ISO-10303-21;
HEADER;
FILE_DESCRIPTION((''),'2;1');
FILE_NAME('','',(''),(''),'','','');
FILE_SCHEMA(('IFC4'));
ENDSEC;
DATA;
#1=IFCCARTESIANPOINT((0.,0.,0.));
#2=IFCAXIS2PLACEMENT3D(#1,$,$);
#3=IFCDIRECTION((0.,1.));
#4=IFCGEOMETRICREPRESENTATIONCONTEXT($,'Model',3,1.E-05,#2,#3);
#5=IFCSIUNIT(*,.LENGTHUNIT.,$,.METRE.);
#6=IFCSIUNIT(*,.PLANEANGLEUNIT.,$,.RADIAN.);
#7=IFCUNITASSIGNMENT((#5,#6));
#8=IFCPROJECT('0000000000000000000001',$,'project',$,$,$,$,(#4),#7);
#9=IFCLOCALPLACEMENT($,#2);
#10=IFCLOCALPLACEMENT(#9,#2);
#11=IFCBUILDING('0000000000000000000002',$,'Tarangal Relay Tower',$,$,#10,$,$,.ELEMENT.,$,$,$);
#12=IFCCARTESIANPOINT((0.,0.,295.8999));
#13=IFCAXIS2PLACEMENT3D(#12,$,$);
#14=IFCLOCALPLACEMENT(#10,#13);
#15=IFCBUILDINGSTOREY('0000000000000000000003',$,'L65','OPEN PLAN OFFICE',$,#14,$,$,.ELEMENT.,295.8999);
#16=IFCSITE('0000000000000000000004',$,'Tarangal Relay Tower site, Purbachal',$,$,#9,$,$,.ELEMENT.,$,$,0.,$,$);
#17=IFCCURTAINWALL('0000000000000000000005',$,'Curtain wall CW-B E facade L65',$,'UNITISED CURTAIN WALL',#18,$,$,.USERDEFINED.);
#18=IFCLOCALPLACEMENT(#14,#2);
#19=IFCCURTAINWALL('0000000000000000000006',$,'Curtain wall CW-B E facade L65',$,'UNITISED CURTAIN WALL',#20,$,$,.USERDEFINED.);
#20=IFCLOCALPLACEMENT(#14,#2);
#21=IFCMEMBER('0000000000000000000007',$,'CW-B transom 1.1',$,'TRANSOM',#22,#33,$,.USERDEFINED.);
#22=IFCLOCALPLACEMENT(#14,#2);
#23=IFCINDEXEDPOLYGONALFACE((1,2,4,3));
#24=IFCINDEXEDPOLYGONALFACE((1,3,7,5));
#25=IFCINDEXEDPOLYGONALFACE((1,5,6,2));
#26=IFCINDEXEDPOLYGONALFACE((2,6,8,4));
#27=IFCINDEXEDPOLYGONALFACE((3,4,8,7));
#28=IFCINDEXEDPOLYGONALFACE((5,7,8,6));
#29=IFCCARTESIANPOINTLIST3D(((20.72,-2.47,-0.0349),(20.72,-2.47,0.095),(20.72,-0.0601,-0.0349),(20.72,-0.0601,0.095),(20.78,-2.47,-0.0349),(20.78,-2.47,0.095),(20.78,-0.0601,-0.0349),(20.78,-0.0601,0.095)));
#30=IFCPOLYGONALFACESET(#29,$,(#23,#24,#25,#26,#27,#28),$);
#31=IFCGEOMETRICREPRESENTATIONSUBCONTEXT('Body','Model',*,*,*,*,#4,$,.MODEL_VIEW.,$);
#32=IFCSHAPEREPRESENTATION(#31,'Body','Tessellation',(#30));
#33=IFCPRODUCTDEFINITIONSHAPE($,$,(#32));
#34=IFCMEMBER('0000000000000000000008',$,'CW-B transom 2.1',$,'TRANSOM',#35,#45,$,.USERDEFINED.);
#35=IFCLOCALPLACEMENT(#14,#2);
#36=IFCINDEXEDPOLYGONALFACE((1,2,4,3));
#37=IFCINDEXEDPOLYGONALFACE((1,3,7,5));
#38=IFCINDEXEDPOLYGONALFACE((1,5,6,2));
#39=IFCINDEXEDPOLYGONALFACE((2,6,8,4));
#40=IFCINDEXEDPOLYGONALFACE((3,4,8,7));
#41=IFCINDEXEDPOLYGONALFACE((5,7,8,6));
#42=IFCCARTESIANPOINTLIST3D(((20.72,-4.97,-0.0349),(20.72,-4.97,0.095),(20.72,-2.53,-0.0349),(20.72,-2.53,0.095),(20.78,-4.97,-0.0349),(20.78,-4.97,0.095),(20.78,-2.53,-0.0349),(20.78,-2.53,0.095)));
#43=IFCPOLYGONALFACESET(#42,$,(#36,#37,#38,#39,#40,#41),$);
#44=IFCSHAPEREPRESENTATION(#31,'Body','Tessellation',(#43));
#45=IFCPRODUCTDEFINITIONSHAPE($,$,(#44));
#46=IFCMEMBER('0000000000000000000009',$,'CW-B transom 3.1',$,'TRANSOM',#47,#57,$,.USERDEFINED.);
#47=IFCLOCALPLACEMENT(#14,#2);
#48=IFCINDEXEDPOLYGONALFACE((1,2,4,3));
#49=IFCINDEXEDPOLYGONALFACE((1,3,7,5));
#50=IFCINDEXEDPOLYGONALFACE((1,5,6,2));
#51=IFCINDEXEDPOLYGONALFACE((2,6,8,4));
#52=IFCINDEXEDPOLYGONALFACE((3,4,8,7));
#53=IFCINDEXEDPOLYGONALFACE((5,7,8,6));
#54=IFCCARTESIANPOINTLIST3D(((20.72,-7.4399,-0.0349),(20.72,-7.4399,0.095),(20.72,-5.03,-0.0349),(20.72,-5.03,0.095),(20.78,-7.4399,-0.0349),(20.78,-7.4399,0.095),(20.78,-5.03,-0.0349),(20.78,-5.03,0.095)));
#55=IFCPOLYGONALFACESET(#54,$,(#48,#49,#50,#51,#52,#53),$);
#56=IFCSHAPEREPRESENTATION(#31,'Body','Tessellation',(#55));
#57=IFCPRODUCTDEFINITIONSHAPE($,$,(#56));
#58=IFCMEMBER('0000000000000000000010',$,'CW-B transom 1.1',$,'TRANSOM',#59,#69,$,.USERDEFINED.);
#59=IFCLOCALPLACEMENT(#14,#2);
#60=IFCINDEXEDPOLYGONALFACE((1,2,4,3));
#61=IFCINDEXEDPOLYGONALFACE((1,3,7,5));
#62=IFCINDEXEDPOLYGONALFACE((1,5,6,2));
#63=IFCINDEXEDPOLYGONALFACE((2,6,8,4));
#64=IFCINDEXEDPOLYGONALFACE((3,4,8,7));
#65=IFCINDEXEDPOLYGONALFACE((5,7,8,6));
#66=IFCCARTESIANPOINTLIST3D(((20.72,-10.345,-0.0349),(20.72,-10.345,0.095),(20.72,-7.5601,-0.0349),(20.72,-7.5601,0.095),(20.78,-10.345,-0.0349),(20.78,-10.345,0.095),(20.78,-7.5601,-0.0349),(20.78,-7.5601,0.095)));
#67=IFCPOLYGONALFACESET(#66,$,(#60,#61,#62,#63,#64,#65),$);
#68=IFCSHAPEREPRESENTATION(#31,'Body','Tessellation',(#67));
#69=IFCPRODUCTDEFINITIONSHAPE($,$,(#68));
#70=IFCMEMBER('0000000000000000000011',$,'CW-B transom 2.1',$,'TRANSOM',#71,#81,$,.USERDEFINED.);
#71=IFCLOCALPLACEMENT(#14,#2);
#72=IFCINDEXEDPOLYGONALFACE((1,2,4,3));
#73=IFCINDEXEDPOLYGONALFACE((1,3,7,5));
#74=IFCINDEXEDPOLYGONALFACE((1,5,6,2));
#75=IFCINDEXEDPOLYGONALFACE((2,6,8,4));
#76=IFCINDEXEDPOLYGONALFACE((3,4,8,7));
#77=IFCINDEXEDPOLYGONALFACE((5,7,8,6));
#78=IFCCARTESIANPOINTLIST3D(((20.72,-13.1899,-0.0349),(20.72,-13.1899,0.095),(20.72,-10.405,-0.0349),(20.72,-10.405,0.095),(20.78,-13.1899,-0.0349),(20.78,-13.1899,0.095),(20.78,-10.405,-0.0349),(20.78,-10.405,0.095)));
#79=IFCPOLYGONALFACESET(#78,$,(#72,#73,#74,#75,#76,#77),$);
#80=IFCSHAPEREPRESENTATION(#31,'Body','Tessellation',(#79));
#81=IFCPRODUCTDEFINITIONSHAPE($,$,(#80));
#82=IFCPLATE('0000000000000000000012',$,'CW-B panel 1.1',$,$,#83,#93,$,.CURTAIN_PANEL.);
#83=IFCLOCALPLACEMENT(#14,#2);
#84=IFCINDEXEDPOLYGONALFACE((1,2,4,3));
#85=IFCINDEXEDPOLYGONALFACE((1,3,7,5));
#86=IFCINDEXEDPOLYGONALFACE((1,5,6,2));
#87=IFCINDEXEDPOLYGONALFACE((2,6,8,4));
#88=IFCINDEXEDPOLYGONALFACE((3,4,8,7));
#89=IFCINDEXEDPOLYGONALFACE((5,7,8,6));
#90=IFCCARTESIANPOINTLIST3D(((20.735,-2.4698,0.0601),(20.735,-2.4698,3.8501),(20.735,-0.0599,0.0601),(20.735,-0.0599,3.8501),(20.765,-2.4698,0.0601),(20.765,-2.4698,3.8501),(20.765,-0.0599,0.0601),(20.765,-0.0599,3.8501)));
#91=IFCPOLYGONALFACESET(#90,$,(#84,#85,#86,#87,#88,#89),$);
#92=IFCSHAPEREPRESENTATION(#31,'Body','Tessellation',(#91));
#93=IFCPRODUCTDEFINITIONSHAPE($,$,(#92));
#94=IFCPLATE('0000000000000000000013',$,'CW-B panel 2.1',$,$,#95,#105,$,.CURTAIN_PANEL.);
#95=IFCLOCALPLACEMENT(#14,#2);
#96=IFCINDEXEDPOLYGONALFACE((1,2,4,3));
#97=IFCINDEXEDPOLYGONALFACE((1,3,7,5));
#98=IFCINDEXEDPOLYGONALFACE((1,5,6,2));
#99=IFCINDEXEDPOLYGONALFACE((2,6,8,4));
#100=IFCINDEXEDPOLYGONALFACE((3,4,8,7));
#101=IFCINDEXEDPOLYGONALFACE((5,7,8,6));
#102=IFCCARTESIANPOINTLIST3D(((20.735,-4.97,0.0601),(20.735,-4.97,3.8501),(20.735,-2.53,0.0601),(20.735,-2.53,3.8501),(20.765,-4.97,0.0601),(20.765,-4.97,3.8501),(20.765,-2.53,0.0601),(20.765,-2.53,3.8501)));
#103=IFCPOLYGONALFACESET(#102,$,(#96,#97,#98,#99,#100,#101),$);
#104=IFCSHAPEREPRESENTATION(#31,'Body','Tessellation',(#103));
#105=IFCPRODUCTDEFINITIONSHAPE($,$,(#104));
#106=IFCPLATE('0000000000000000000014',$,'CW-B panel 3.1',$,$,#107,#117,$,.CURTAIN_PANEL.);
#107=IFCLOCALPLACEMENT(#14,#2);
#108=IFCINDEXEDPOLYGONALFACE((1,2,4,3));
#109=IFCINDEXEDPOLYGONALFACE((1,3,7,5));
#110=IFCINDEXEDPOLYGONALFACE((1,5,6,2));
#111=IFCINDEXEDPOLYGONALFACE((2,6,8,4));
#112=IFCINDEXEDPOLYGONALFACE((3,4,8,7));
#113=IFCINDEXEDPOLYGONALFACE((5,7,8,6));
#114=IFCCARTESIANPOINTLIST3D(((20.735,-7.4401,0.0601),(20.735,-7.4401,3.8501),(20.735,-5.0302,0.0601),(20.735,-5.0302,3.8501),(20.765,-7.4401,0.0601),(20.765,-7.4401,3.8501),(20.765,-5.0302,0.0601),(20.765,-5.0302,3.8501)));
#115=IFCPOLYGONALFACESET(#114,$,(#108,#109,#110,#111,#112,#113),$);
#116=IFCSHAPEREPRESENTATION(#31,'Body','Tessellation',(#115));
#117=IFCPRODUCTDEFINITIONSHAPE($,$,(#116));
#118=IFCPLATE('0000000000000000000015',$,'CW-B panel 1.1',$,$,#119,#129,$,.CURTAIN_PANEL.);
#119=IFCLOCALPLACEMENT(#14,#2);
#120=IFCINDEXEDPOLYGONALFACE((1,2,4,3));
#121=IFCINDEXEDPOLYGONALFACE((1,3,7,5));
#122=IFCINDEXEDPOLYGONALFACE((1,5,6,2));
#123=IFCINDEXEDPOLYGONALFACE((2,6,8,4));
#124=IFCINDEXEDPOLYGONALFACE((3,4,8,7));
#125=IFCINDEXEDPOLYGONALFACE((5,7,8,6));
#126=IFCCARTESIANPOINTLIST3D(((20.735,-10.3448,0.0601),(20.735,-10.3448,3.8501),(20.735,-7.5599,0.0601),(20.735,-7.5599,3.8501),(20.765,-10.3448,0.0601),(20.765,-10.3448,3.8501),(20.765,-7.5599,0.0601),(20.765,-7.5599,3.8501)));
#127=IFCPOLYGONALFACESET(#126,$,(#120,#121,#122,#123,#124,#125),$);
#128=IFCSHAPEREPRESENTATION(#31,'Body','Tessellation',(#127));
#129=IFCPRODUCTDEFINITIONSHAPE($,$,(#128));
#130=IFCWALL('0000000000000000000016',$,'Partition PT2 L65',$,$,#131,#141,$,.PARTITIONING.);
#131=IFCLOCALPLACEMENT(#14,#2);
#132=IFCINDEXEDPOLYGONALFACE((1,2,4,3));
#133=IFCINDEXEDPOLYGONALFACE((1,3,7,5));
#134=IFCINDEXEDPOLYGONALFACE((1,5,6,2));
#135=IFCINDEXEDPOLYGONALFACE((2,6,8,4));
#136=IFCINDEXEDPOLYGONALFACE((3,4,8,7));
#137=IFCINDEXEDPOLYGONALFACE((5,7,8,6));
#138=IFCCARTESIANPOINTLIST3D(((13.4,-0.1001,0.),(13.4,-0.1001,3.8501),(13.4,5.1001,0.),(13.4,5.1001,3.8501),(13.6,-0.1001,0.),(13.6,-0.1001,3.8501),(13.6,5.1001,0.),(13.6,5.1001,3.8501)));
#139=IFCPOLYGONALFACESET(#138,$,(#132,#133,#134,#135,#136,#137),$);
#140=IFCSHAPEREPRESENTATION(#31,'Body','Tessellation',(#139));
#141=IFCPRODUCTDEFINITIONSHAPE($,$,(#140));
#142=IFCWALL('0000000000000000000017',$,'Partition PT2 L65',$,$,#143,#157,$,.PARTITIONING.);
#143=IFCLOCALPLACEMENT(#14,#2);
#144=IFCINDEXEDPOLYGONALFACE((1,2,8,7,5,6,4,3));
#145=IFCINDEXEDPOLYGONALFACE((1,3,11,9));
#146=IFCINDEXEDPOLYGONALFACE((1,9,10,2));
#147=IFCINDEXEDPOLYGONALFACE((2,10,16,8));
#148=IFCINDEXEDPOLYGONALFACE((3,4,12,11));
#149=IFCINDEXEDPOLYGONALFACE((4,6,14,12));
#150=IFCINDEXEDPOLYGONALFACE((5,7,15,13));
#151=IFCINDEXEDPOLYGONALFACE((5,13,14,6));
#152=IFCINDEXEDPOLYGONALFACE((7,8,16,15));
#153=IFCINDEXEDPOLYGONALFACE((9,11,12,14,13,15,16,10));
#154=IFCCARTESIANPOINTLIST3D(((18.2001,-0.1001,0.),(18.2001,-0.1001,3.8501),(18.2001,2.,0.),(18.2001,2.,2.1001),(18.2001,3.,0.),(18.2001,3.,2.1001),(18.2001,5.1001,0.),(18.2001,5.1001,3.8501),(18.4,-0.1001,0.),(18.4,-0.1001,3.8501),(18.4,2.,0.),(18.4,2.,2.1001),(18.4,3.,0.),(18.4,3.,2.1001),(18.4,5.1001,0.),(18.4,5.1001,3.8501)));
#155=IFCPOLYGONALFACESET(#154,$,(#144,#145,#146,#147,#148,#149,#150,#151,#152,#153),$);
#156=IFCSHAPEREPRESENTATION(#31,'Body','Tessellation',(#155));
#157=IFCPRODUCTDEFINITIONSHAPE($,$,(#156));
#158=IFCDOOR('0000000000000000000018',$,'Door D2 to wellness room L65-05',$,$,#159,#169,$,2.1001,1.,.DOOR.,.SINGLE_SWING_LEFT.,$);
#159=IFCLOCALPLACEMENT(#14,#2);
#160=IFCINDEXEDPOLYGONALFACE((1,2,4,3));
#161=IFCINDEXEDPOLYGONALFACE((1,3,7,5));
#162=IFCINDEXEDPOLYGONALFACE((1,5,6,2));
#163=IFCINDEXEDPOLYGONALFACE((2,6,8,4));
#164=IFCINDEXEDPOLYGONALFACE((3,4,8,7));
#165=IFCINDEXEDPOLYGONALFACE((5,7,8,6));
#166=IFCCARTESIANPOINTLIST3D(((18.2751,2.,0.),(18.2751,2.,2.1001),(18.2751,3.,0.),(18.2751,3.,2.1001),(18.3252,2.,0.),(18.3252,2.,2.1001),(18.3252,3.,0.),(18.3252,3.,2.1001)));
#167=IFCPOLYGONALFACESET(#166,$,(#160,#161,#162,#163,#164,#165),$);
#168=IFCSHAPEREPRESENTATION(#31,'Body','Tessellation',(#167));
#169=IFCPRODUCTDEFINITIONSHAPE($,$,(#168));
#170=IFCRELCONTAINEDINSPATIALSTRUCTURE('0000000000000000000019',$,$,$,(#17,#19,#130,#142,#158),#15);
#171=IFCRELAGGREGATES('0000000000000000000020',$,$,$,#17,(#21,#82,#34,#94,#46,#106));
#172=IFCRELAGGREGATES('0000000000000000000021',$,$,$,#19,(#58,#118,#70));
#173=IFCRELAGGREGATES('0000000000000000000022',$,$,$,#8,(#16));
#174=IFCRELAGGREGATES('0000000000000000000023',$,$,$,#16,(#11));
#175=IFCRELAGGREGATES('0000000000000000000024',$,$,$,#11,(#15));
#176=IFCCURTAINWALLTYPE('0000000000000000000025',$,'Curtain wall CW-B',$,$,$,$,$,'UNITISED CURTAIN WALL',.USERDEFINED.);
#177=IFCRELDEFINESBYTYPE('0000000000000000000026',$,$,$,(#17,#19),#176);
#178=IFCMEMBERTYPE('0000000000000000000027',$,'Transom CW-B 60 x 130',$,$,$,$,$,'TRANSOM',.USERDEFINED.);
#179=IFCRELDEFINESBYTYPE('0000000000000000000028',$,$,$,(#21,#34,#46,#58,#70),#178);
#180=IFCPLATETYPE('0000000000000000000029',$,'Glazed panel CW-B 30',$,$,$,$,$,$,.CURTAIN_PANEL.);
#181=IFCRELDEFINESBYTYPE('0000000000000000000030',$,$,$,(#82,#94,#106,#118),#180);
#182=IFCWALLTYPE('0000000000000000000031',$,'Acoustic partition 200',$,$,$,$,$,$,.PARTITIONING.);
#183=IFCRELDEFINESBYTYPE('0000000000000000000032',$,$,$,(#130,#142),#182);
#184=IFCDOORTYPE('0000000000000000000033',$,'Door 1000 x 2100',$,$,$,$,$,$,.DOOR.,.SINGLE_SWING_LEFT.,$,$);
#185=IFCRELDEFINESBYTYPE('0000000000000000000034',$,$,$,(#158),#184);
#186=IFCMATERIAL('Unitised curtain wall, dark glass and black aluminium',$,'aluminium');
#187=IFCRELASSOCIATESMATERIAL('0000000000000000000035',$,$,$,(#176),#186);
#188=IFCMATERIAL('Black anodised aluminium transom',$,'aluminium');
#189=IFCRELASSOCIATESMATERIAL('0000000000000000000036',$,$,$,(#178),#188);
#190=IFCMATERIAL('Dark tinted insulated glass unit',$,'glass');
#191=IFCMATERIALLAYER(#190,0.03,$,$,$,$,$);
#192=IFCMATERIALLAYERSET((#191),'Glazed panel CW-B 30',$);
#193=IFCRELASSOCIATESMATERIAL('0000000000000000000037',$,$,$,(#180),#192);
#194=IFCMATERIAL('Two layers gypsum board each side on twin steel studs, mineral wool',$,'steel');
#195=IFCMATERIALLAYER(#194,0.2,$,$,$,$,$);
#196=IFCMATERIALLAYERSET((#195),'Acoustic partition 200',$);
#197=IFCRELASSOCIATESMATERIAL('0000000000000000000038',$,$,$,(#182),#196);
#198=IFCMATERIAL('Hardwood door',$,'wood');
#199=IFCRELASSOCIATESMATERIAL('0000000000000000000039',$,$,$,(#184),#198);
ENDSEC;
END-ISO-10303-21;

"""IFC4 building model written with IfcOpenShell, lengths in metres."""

from ifc_helpers import new_model, si_unit, direction, frame, frame_2d, origin, origin_2d, place, context, subcontext, project, spatial, rectangle, extrude, material, layer, layer_set, material_profile, profile_set, type_object, element, fill, aggregate, save


model = new_model("IFC4")

# Units and contexts
model_context = context("Model", 3, precision=1e-05, world=origin(), true_north=direction((0.0, 1.0)))
body_context = subcontext(model_context, "Body", "Model", "MODEL_VIEW")
ifc_project = project(units=[si_unit("LENGTHUNIT", "METRE"), si_unit("PLANEANGLEUNIT", "RADIAN")], contexts=[model_context])

# Site, building, storey
site_placement = place(None, origin())
site = spatial("IfcSite", under=ifc_project, at=site_placement, Name="Tarangal Relay Tower site, Purbachal", CompositionType="ELEMENT", RefElevation=0.0)
building_placement = place(site_placement, origin())
building = spatial("IfcBuilding", under=site, at=building_placement, Name="Tarangal Relay Tower", CompositionType="ELEMENT")
storey_placement = place(building_placement, frame((0.0, 0.0, 295.8999)))
storey = spatial("IfcBuildingStorey", under=building, at=storey_placement, Name="L65", Description="OPEN PLAN OFFICE", CompositionType="ELEMENT", Elevation=295.8999)

# Curtain walls
ifc_material_1 = material(Name="Unitised curtain wall, dark glass and black aluminium", Category="aluminium")
curtain_wall_type = type_object("IfcCurtainWallType", Name="Curtain wall CW-B", ElementType="UNITISED CURTAIN WALL", PredefinedType="USERDEFINED", material=ifc_material_1)
curtain_wall_1_placement = place(storey_placement, origin())
curtain_wall_1 = element("IfcCurtainWall", 1, at=curtain_wall_1_placement, inside=storey, type_object=curtain_wall_type, Name="Curtain wall CW-B E facade L65", ObjectType="UNITISED CURTAIN WALL", PredefinedType="USERDEFINED")
curtain_wall_2_placement = place(storey_placement, origin())
curtain_wall_2 = element("IfcCurtainWall", 2, at=curtain_wall_2_placement, inside=storey, type_object=curtain_wall_type, Name="Curtain wall CW-B E facade L65", ObjectType="UNITISED CURTAIN WALL", PredefinedType="USERDEFINED")

# Members
ifc_material_2 = material(Name="Black anodised aluminium transom", Category="aluminium")
ifc_material_profile_1 = material_profile(ifc_material_2, rectangle(XDim=0.0601, YDim=0.1299, at=origin_2d()), Name="CW-BT 60X130")
ifc_profile_set_1 = profile_set([ifc_material_profile_1], Name="Black anodised aluminium transom")
member_type_1 = type_object("IfcMemberType", Name="Transom CW-B 60 x 130", ElementType="TRANSOM", PredefinedType="USERDEFINED", material=ifc_profile_set_1)
member_1_placement = place(storey_placement, frame((20.75, -0.0601, 0.03), z_axis=(0.0, -1.0, 0.0), x_axis=(1.0, 0.0, 0.0)))
member_1 = element("IfcMember", 3, at=member_1_placement, type_object=member_type_1, Name="CW-B transom 1.1", ObjectType="TRANSOM", PredefinedType="USERDEFINED", context=body_context, shape_type="SweptSolid", body=[
    extrude(rectangle(XDim=0.0601, YDim=0.1299, at=origin_2d()), origin(), (0.0, 0.0, 1.0), 2.4099),
])
member_2_placement = place(storey_placement, frame((20.75, -2.53, 0.03), z_axis=(0.0, -1.0, 0.0), x_axis=(1.0, 0.0, 0.0)))
member_2 = element("IfcMember", 4, at=member_2_placement, type_object=member_type_1, Name="CW-B transom 2.1", ObjectType="TRANSOM", PredefinedType="USERDEFINED", context=body_context, shape_type="SweptSolid", body=[
    extrude(rectangle(XDim=0.0601, YDim=0.1299, at=origin_2d()), origin(), (0.0, 0.0, 1.0), 2.4399),
])
member_3_placement = place(storey_placement, frame((20.75, -5.03, 0.03), z_axis=(0.0, -1.0, 0.0), x_axis=(1.0, 0.0, 0.0)))
member_3 = element("IfcMember", 5, at=member_3_placement, type_object=member_type_1, Name="CW-B transom 3.1", ObjectType="TRANSOM", PredefinedType="USERDEFINED", context=body_context, shape_type="SweptSolid", body=[
    extrude(rectangle(XDim=0.0601, YDim=0.1299, at=origin_2d()), origin(), (0.0, 0.0, 1.0), 2.4099),
])
member_4_placement = place(storey_placement, frame((20.75, -7.5601, 0.03), z_axis=(0.0, -1.0, 0.0), x_axis=(1.0, 0.0, 0.0)))
member_4 = element("IfcMember", 6, at=member_4_placement, type_object=member_type_1, Name="CW-B transom 1.1", ObjectType="TRANSOM", PredefinedType="USERDEFINED", context=body_context, shape_type="SweptSolid", body=[
    extrude(rectangle(XDim=0.0601, YDim=0.1299, at=origin_2d()), origin(), (0.0, 0.0, 1.0), 2.7849),
])
member_5_placement = place(storey_placement, frame((20.75, -10.405, 0.03), z_axis=(0.0, -1.0, 0.0), x_axis=(1.0, 0.0, 0.0)))
member_5 = element("IfcMember", 7, at=member_5_placement, type_object=member_type_1, Name="CW-B transom 2.1", ObjectType="TRANSOM", PredefinedType="USERDEFINED", context=body_context, shape_type="SweptSolid", body=[
    extrude(rectangle(XDim=0.0601, YDim=0.1299, at=origin_2d()), origin(), (0.0, 0.0, 1.0), 2.7849),
])

# Plates
ifc_material_3 = material(Name="Dark tinted insulated glass unit", Category="glass")
ifc_layer_1 = layer(ifc_material_3, 0.03)
ifc_layer_set_1 = layer_set([ifc_layer_1], Name="Glazed panel CW-B 30")
plate_type = type_object("IfcPlateType", Name="Glazed panel CW-B 30", PredefinedType="CURTAIN_PANEL", material=ifc_layer_set_1)
plate_1_placement = place(storey_placement, frame((20.75, -1.2649, 0.0601), z_axis=(0.0, 0.0, 1.0), x_axis=(0.0, -1.0, 0.0)))
plate_1 = element("IfcPlate", 8, at=plate_1_placement, type_object=plate_type, Name="CW-B panel 1.1", PredefinedType="CURTAIN_PANEL", context=body_context, shape_type="SweptSolid", body=[
    extrude(rectangle(XDim=2.4099, YDim=0.03, at=origin_2d()), origin(), (0.0, 0.0, 1.0), 3.79),
])
plate_2_placement = place(storey_placement, frame((20.75, -3.75, 0.0601), z_axis=(0.0, 0.0, 1.0), x_axis=(0.0, -1.0, 0.0)))
plate_2 = element("IfcPlate", 9, at=plate_2_placement, type_object=plate_type, Name="CW-B panel 2.1", PredefinedType="CURTAIN_PANEL", context=body_context, shape_type="SweptSolid", body=[
    extrude(rectangle(XDim=2.4399, YDim=0.03, at=origin_2d()), origin(), (0.0, 0.0, 1.0), 3.79),
])
plate_3_placement = place(storey_placement, frame((20.75, -6.2351, 0.0601), z_axis=(0.0, 0.0, 1.0), x_axis=(0.0, -1.0, 0.0)))
plate_3 = element("IfcPlate", 10, at=plate_3_placement, type_object=plate_type, Name="CW-B panel 3.1", PredefinedType="CURTAIN_PANEL", context=body_context, shape_type="SweptSolid", body=[
    extrude(rectangle(XDim=2.4099, YDim=0.03, at=origin_2d()), origin(), (0.0, 0.0, 1.0), 3.79),
])
aggregate(curtain_wall_1, [member_1, plate_1, member_2, plate_2, member_3, plate_3])
plate_4_placement = place(storey_placement, frame((20.75, -8.9524, 0.0601), z_axis=(0.0, 0.0, 1.0), x_axis=(0.0, -1.0, 0.0)))
plate_4 = element("IfcPlate", 11, at=plate_4_placement, type_object=plate_type, Name="CW-B panel 1.1", PredefinedType="CURTAIN_PANEL", context=body_context, shape_type="SweptSolid", body=[
    extrude(rectangle(XDim=2.7849, YDim=0.03, at=origin_2d()), origin(), (0.0, 0.0, 1.0), 3.79),
])
aggregate(curtain_wall_2, [member_4, plate_4, member_5])

# Wall
ifc_material_4 = material(Name="Two layers gypsum board each side on twin steel studs, mineral wool", Category="steel")
ifc_layer_2 = layer(ifc_material_4, 0.2)
ifc_layer_set_2 = layer_set([ifc_layer_2], Name="Acoustic partition 200")
wall_type_1 = type_object("IfcWallType", Name="Acoustic partition 200", PredefinedType="PARTITIONING", material=ifc_layer_set_2)
wall_1_placement = place(storey_placement, frame((13.5, -0.1001, 0.0), z_axis=(0.0, 0.0, 1.0), x_axis=(0.0, 1.0, 0.0)))
element("IfcWall", 12, at=wall_1_placement, inside=storey, type_object=wall_type_1, Name="Partition PT2 L65", PredefinedType="PARTITIONING", context=body_context, shape_type="SweptSolid", body=[
    extrude(rectangle(XDim=5.2002, YDim=0.2, at=frame_2d((2.6001, 0.0))), origin(), (0.0, 0.0, 1.0), 3.8501),
])

# Wall, opening, door
wall_2_placement = place(storey_placement, frame((18.3, -0.1001, 0.0), z_axis=(0.0, 0.0, 1.0), x_axis=(0.0, 1.0, 0.0)))
wall_2 = element("IfcWall", 13, at=wall_2_placement, inside=storey, type_object=wall_type_1, Name="Partition PT2 L65", PredefinedType="PARTITIONING", context=body_context, shape_type="SweptSolid", body=[
    extrude(rectangle(XDim=5.2002, YDim=0.2, at=frame_2d((2.6001, 0.0))), origin(), (0.0, 0.0, 1.0), 3.8501),
])
opening_1_placement = place(wall_2_placement, frame((2.1001, 0.0, 0.0)))
opening_1 = element("IfcOpeningElement", 14, at=opening_1_placement, cuts=wall_2, PredefinedType="OPENING", context=body_context, shape_type="SweptSolid", body=[
    extrude(rectangle(XDim=1.0, YDim=2.1001, at=frame_2d((0.5, 1.05))), frame((0.0, 0.1099, 0.0), z_axis=(0.0, -1.0, 0.0), x_axis=(1.0, 0.0, 0.0)), (0.0, 0.0, 1.0), 0.22),
])
ifc_material_5 = material(Name="Hardwood door", Category="wood")
door_type_1 = type_object("IfcDoorType", Name="Door 1000 x 2100", OperationType="SINGLE_SWING_LEFT", PredefinedType="DOOR", material=ifc_material_5)
door_1_placement = place(opening_1_placement, origin())
door_1 = element("IfcDoor", 15, at=door_1_placement, inside=storey, type_object=door_type_1, Name="Door D2 to wellness room L65-05", OperationType="SINGLE_SWING_LEFT", OverallHeight=2.1001, OverallWidth=1.0, PredefinedType="DOOR", context=body_context, shape_type="SweptSolid", body=[
    extrude(rectangle(XDim=1.0, YDim=2.1001, at=frame_2d((0.5, 1.05))), frame((0.0, 0.0249, 0.0), z_axis=(0.0, -1.0, 0.0), x_axis=(1.0, 0.0, 0.0)), (0.0, 0.0, 1.0), 0.05),
])
fill(opening_1, door_1)

save(model, "model.ifc")
